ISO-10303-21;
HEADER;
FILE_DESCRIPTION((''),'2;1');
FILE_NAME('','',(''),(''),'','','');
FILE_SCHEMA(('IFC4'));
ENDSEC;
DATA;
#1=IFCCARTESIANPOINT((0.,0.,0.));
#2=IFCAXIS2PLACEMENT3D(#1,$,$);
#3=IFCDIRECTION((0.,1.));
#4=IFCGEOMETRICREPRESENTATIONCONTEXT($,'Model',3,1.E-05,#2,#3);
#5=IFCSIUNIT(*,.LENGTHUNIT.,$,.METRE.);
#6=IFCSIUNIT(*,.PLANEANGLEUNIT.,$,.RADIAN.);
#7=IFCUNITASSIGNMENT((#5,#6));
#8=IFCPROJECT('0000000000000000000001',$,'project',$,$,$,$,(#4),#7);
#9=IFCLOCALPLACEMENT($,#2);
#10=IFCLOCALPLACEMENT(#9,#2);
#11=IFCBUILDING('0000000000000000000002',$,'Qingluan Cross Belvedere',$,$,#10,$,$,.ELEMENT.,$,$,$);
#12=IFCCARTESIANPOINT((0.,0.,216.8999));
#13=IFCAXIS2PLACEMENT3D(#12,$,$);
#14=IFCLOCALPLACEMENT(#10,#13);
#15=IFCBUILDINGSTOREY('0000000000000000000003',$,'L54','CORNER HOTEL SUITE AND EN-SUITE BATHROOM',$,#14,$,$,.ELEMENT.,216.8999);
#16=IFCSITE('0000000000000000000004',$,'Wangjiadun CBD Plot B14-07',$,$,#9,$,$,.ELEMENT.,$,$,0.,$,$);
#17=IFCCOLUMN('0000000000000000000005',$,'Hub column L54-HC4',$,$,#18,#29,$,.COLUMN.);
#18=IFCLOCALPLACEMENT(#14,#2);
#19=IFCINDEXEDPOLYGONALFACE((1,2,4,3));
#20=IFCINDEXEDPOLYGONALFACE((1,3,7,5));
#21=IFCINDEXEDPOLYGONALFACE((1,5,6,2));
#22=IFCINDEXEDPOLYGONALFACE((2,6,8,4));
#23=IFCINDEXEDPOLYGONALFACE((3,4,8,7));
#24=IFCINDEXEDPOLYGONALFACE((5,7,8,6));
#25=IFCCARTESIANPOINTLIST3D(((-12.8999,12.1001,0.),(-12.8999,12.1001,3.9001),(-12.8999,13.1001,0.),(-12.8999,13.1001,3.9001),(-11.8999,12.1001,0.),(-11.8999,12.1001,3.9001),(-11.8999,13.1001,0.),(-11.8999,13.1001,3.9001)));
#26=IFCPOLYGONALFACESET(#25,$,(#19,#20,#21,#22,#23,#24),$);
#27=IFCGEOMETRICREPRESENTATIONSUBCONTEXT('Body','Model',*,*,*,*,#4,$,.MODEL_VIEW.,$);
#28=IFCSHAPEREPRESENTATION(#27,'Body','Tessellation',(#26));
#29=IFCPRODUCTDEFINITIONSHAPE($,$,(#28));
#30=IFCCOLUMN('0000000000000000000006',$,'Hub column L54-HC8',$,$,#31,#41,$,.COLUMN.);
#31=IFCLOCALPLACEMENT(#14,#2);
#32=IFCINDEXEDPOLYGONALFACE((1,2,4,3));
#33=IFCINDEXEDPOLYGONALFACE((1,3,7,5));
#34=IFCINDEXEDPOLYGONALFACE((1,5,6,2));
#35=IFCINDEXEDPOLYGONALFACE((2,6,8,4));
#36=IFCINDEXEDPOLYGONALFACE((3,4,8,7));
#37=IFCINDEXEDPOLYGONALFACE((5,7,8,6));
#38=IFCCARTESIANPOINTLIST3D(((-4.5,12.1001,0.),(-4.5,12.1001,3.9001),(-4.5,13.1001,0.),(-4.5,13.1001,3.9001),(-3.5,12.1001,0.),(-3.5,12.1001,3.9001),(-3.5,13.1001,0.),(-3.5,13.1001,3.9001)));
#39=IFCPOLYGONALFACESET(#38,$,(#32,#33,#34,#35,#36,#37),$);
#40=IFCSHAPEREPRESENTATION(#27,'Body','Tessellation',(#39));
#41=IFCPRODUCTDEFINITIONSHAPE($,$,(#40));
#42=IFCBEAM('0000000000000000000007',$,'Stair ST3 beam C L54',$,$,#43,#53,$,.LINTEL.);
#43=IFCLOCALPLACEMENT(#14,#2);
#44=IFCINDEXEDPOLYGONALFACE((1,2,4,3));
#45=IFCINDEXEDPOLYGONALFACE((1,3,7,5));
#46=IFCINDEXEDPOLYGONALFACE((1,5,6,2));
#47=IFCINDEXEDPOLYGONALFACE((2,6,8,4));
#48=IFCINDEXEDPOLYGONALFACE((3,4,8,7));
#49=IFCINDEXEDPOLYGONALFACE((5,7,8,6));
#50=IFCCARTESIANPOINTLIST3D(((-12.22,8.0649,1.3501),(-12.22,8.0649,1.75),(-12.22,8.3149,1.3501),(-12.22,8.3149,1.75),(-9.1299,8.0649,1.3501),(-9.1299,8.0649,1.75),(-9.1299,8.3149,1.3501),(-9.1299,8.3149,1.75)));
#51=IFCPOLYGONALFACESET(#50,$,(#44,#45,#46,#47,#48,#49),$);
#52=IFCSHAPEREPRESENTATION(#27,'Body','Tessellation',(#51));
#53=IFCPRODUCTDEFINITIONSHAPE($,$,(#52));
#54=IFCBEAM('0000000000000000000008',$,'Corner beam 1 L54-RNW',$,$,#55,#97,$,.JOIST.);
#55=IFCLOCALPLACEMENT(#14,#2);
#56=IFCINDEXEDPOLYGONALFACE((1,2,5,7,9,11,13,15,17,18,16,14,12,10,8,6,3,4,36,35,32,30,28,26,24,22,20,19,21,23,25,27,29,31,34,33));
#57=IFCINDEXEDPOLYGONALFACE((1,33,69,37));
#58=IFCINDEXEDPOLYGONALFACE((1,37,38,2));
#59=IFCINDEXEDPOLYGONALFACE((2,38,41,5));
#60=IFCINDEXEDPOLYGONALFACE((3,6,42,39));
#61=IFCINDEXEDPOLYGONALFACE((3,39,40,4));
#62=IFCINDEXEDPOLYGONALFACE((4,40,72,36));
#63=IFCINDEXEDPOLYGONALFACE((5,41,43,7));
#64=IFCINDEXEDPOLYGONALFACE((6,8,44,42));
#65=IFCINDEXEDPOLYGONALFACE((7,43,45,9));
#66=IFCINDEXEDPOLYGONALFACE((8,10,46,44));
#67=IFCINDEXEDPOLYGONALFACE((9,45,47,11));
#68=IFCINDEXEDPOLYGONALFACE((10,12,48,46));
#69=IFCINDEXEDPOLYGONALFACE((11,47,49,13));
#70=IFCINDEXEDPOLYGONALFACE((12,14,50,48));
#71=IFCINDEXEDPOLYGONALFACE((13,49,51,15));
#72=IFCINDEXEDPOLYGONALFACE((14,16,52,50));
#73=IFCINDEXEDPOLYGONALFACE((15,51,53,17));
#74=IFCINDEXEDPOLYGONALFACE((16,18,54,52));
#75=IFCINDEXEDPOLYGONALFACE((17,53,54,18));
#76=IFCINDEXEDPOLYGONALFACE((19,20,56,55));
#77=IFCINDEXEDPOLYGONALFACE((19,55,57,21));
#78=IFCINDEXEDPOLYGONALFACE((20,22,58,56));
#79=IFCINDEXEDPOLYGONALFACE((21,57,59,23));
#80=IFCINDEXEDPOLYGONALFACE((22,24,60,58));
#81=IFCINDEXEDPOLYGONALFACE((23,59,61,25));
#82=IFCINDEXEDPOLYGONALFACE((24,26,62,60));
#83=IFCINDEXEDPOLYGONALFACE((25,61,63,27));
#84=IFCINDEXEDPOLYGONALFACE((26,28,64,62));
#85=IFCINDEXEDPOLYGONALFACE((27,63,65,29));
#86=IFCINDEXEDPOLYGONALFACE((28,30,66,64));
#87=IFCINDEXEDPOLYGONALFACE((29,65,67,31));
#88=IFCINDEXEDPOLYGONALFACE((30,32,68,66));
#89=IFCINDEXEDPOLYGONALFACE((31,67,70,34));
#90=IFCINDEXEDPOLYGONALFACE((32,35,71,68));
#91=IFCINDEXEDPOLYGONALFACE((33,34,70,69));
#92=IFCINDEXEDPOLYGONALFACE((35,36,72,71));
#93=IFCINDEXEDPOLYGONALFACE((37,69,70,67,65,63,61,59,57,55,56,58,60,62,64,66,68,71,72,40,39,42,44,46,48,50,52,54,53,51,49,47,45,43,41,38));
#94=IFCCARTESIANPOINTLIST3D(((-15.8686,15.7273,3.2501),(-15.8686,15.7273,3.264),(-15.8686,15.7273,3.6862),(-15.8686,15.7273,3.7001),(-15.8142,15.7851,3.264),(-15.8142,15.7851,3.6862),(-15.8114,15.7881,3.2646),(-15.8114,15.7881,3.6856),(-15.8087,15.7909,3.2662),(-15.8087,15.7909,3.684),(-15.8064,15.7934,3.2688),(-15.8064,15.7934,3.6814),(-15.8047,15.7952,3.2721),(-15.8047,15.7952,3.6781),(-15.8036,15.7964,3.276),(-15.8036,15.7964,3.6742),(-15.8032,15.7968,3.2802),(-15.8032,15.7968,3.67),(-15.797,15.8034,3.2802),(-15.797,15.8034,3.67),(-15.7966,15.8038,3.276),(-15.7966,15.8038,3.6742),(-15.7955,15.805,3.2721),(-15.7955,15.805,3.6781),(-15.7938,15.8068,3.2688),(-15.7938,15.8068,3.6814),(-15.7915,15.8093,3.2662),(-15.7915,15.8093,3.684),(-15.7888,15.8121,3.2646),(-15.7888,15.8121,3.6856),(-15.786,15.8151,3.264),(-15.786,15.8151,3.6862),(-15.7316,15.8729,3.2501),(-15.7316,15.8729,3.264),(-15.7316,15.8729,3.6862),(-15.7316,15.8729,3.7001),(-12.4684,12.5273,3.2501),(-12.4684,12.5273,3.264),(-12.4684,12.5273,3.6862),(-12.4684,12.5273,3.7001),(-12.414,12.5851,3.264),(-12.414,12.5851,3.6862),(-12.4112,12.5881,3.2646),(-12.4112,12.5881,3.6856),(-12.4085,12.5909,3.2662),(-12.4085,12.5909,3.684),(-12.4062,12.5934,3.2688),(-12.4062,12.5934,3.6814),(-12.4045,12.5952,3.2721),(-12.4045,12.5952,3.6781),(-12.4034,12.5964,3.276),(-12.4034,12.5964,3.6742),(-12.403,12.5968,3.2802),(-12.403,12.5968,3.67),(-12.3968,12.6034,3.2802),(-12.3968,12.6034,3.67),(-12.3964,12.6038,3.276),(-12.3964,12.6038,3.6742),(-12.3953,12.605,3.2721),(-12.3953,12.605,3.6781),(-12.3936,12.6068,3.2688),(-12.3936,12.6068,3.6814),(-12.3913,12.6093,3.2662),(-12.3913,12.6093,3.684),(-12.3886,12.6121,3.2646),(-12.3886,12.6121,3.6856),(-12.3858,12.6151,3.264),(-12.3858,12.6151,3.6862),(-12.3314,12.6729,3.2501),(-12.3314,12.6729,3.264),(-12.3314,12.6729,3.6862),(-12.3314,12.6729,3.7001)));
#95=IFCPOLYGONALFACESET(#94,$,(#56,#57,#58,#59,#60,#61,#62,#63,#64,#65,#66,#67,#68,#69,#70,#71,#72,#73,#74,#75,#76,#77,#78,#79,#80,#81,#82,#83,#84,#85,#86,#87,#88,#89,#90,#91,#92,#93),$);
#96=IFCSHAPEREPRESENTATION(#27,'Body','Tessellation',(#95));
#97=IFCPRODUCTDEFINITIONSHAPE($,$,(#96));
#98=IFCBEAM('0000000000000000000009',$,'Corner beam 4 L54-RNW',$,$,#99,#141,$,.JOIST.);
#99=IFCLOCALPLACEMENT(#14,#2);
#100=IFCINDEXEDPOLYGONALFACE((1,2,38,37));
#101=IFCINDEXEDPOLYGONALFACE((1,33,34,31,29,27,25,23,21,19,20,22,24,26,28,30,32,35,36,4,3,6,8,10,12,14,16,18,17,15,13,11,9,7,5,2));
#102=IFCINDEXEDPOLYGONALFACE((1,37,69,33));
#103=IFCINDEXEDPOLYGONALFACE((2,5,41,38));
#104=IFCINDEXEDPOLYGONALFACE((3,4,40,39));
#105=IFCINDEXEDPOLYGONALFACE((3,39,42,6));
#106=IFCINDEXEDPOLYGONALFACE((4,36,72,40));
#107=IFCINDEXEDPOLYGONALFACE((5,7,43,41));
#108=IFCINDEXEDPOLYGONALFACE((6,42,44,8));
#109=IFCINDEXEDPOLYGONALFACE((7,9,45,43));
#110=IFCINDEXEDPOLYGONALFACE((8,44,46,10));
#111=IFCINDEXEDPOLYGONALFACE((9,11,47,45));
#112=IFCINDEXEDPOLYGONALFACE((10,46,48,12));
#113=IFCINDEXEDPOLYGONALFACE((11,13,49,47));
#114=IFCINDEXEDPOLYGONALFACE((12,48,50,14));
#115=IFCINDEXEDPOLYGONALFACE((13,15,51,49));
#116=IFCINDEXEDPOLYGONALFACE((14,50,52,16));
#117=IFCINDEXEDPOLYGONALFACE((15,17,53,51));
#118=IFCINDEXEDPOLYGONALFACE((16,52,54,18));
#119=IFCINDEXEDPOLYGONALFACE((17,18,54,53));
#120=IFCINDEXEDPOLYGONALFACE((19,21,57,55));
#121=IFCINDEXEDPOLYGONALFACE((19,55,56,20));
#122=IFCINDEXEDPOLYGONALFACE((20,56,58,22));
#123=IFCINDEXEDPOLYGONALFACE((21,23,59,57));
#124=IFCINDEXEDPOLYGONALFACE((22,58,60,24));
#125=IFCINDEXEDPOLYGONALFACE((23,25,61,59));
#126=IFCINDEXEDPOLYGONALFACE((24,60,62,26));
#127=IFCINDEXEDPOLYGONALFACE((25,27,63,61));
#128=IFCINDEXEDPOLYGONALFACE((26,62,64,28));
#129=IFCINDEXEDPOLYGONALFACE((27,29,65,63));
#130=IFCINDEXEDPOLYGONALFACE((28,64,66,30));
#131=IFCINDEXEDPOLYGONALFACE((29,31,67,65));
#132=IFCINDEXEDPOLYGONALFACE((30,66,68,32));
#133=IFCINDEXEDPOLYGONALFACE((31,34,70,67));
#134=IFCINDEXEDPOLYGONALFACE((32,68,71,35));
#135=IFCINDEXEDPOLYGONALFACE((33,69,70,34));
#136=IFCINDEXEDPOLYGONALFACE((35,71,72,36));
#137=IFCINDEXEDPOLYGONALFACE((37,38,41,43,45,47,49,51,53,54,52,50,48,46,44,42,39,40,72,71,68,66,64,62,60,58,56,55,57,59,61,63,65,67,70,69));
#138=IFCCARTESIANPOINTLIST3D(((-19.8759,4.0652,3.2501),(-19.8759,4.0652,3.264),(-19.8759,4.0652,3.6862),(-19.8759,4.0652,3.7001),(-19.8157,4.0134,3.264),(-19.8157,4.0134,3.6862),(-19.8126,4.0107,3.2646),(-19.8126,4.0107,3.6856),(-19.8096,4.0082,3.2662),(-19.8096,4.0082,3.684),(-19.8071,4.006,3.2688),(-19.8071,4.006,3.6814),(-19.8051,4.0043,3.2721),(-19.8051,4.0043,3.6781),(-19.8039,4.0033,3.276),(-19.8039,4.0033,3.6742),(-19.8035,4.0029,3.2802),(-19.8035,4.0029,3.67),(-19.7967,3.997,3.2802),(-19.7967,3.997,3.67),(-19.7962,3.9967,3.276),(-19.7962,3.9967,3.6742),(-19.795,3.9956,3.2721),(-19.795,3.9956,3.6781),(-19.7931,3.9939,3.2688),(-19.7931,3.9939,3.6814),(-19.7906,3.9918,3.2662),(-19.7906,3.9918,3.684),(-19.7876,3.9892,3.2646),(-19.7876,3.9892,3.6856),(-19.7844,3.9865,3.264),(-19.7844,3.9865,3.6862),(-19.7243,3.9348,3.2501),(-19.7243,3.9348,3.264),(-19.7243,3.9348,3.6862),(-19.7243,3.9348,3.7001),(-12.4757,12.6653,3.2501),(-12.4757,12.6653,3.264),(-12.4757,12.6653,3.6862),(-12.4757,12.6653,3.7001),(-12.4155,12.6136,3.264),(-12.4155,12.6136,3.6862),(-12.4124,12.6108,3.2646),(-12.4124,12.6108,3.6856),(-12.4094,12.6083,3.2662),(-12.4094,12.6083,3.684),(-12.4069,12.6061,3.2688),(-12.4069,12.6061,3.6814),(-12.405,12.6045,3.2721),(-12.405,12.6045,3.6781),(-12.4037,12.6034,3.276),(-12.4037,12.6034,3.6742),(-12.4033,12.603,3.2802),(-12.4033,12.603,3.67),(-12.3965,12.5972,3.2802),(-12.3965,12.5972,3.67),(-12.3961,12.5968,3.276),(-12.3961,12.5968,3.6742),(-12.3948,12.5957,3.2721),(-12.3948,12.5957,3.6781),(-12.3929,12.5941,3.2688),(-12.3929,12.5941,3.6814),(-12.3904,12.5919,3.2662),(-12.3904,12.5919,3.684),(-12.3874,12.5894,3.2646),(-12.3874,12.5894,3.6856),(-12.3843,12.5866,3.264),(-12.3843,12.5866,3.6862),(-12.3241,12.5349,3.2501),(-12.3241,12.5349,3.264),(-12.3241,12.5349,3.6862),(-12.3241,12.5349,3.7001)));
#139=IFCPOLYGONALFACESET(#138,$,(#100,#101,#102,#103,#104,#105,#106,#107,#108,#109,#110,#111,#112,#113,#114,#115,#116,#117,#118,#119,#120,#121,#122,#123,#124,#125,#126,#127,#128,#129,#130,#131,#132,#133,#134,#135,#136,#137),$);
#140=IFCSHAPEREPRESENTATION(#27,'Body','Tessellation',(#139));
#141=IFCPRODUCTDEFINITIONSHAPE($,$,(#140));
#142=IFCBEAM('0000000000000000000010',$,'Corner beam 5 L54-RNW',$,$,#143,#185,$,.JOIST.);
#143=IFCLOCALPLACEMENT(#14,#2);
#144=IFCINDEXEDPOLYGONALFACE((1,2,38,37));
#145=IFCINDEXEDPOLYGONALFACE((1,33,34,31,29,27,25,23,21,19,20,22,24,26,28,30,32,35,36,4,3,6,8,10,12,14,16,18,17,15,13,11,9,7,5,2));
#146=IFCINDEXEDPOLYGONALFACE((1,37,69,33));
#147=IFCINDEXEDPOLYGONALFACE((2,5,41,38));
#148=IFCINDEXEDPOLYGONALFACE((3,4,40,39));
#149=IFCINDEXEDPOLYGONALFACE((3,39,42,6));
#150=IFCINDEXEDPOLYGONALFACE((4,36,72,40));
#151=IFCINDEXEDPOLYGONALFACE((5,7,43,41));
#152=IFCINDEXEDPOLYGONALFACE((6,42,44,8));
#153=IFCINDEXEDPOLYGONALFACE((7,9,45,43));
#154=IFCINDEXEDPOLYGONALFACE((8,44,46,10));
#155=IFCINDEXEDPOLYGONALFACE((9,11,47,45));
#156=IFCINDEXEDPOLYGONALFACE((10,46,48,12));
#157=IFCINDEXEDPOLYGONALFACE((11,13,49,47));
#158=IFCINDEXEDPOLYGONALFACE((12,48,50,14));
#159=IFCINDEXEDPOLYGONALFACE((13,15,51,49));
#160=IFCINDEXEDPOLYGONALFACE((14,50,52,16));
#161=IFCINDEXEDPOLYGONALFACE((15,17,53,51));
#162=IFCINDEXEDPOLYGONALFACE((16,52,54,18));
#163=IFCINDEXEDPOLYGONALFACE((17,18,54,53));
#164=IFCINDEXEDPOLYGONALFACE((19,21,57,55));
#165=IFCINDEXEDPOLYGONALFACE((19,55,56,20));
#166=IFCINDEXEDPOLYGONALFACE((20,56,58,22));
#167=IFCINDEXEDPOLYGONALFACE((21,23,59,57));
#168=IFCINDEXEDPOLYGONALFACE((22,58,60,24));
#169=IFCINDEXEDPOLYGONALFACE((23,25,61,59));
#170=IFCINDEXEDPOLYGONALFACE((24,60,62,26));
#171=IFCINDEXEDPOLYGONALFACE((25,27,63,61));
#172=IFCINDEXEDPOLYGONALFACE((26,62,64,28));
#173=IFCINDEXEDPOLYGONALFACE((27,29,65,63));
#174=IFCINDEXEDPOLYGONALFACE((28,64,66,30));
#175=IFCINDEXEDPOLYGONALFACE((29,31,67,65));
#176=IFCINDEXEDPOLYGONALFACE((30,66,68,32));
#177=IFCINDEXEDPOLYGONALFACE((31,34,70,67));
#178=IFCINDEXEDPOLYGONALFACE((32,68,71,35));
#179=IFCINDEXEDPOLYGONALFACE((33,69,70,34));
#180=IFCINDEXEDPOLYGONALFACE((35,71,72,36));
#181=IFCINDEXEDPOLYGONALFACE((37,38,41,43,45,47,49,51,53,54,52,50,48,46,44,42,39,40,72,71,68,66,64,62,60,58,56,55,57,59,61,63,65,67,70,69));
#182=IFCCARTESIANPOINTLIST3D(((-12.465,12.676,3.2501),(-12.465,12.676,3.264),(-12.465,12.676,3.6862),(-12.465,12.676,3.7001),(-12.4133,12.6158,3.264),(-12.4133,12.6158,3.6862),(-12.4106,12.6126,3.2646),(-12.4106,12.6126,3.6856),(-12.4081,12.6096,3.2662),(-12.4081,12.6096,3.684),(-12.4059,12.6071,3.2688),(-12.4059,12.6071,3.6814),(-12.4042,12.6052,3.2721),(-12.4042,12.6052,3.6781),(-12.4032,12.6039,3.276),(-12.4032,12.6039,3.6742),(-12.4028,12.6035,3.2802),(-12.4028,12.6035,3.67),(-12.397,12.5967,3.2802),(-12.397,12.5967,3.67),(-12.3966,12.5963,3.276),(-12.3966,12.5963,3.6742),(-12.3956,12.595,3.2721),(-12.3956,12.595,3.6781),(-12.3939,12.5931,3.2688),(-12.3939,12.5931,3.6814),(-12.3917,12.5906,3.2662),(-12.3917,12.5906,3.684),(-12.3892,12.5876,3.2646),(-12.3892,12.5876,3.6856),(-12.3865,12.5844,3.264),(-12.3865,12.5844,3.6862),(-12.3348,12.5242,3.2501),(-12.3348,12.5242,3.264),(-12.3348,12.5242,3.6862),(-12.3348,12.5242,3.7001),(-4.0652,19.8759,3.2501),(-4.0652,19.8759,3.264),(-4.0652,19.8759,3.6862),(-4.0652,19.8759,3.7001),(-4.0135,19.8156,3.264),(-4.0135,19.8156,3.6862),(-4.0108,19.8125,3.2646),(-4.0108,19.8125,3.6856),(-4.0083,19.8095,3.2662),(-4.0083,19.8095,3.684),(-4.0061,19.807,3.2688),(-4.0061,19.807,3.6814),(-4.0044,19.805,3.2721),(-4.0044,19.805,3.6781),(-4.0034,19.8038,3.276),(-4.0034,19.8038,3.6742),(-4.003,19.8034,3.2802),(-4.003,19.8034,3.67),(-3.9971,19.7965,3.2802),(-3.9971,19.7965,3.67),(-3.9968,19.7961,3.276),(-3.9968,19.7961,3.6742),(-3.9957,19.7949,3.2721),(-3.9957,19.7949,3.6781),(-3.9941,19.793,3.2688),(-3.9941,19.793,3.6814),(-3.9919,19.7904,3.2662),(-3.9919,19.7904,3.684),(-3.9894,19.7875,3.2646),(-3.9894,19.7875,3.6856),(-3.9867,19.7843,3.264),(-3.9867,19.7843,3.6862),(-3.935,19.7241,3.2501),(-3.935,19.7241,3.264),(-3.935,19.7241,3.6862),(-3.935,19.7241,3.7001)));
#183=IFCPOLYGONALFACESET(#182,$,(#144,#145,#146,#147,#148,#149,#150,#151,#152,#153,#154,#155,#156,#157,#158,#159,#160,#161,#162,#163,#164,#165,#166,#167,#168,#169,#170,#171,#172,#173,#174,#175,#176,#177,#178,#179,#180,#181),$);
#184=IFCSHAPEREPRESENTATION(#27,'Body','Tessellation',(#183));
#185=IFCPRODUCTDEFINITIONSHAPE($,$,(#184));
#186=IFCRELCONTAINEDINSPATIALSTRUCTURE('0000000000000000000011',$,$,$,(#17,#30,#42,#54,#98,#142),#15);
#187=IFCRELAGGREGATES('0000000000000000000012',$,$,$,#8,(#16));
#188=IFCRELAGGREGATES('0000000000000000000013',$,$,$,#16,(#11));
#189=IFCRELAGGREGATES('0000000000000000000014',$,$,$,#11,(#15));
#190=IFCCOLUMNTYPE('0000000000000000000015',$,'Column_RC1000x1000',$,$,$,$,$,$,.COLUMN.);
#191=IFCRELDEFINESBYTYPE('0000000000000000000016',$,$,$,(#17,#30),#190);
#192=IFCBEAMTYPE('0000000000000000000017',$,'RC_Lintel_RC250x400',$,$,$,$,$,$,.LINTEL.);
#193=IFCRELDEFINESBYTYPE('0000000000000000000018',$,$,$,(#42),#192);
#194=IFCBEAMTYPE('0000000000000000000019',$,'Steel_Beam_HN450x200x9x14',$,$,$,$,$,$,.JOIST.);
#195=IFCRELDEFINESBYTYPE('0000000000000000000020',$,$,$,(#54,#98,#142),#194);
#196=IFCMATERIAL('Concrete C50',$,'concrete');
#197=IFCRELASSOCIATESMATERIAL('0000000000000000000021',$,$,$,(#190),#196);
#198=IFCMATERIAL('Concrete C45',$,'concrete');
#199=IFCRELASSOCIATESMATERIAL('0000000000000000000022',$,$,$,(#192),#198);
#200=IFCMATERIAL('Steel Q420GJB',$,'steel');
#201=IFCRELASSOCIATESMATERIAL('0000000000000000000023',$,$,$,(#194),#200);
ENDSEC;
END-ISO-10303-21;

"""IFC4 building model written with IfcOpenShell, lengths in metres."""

from ifc_helpers import new_model, si_unit, direction, frame, origin, origin_2d, place, context, subcontext, project, spatial, rectangle, i_section, extrude, material, material_profile, profile_set, type_object, element, save


model = new_model("IFC4")

# Units and contexts
model_context = context("Model", 3, precision=1e-05, world=origin(), true_north=direction((0.0, 1.0)))
body_context = subcontext(model_context, "Body", "Model", "MODEL_VIEW")
ifc_project = project(units=[si_unit("LENGTHUNIT", "METRE"), si_unit("PLANEANGLEUNIT", "RADIAN")], contexts=[model_context])

# Site, building, storey
site_placement = place(None, origin())
site = spatial("IfcSite", under=ifc_project, at=site_placement, Name="Wangjiadun CBD Plot B14-07", CompositionType="ELEMENT", RefElevation=0.0)
building_placement = place(site_placement, origin())
building = spatial("IfcBuilding", under=site, at=building_placement, Name="Qingluan Cross Belvedere", CompositionType="ELEMENT")
storey_placement = place(building_placement, frame((0.0, 0.0, 216.8999)))
storey = spatial("IfcBuildingStorey", under=building, at=storey_placement, Name="L54", Description="CORNER HOTEL SUITE AND EN-SUITE BATHROOM", CompositionType="ELEMENT", Elevation=216.8999)

# Columns
ifc_material_1 = material(Name="Concrete C50", Category="concrete")
ifc_material_profile_1 = material_profile(ifc_material_1, rectangle(XDim=1.0, YDim=1.0, at=origin_2d()), Name="RC1000x1000")
ifc_profile_set_1 = profile_set([ifc_material_profile_1], Name="Concrete C50")
column_type = type_object("IfcColumnType", Name="Column_RC1000x1000", PredefinedType="COLUMN", material=ifc_profile_set_1)
for number, where, z_axis, x_axis, name in (
    (1, (-12.3999, 12.6001, 0.0), (0.0, 0.0, 1.0), (1.0, 0.0, 0.0), "Hub column L54-HC4"),
    (2, (-4.0, 12.6001, 0.0), (0.0, 0.0, 1.0), (1.0, 0.0, 0.0), "Hub column L54-HC8"),
):
    element("IfcColumn", number, at=place(storey_placement, frame(where, z_axis=z_axis, x_axis=x_axis)), inside=storey, type_object=column_type, Name=name, PredefinedType="COLUMN", context=body_context, shape_type="SweptSolid", body=[
        extrude(rectangle(XDim=1.0, YDim=1.0, at=origin_2d()), origin(), (0.0, 0.0, 1.0), 3.9001),
    ])

# Beams
ifc_material_2 = material(Name="Concrete C45", Category="concrete")
ifc_material_profile_2 = material_profile(ifc_material_2, rectangle(XDim=0.25, YDim=0.3999, at=origin_2d()), Name="RC250x400")
ifc_profile_set_2 = profile_set([ifc_material_profile_2], Name="Concrete C45")
beam_type_1 = type_object("IfcBeamType", Name="RC_Lintel_RC250x400", PredefinedType="LINTEL", material=ifc_profile_set_2)
beam_1_placement = place(storey_placement, frame((-12.22, 8.1899, 1.55), z_axis=(1.0, 0.0, 0.0), x_axis=(0.0, 1.0, 0.0)))
element("IfcBeam", 3, at=beam_1_placement, inside=storey, type_object=beam_type_1, Name="Stair ST3 beam C L54", PredefinedType="LINTEL", context=body_context, shape_type="SweptSolid", body=[
    extrude(rectangle(XDim=0.25, YDim=0.3999, at=origin_2d()), origin(), (0.0, 0.0, 1.0), 3.0901),
])
ifc_material_3 = material(Name="Steel Q420GJB", Category="steel")
ifc_material_profile_3 = material_profile(ifc_material_3, i_section(OverallWidth=0.2, OverallDepth=0.45, WebThickness=0.009, FlangeThickness=0.0139, FilletRadius=0.0161, at=origin_2d()), Name="HN450x200x9x14")
ifc_profile_set_3 = profile_set([ifc_material_profile_3], Name="Steel Q420GJB")
beam_type_2 = type_object("IfcBeamType", Name="Steel_Beam_HN450x200x9x14", PredefinedType="JOIST", material=ifc_profile_set_3)
beam_2_placement = place(storey_placement, frame((-12.3999, 12.6001, 3.4751), z_axis=(-0.72822, 0.685343, 0.0), x_axis=(-0.685343, -0.72822, 0.0)))
element("IfcBeam", 4, at=beam_2_placement, inside=storey, type_object=beam_type_2, Name="Corner beam 1 L54-RNW", PredefinedType="JOIST", context=body_context, shape_type="SweptSolid", body=[
    extrude(i_section(OverallWidth=0.2, OverallDepth=0.45, WebThickness=0.009, FlangeThickness=0.0139, FilletRadius=0.0161, at=origin_2d()), origin(), (0.0, 0.0, 1.0), 4.6692),
])
beam_3_placement = place(storey_placement, frame((-12.3999, 12.6001, 3.4751), z_axis=(-0.652245, -0.758008, 0.0), x_axis=(0.758008, -0.652245, 0.0)))
element("IfcBeam", 5, at=beam_3_placement, inside=storey, type_object=beam_type_2, Name="Corner beam 4 L54-RNW", PredefinedType="JOIST", context=body_context, shape_type="SweptSolid", body=[
    extrude(i_section(OverallWidth=0.2, OverallDepth=0.45, WebThickness=0.009, FlangeThickness=0.0139, FilletRadius=0.0161, at=origin_2d()), origin(), (0.0, 0.0, 1.0), 11.3457),
])
beam_4_placement = place(storey_placement, frame((-12.3999, 12.6001, 3.4751), z_axis=(0.759255, 0.650793, 0.0), x_axis=(-0.650793, 0.759255, 0.0)))
element("IfcBeam", 6, at=beam_4_placement, inside=storey, type_object=beam_type_2, Name="Corner beam 5 L54-RNW", PredefinedType="JOIST", context=body_context, shape_type="SweptSolid", body=[
    extrude(i_section(OverallWidth=0.2, OverallDepth=0.45, WebThickness=0.009, FlangeThickness=0.0139, FilletRadius=0.0161, at=origin_2d()), origin(), (0.0, 0.0, 1.0), 11.0632),
])

save(model, "model.ifc")
